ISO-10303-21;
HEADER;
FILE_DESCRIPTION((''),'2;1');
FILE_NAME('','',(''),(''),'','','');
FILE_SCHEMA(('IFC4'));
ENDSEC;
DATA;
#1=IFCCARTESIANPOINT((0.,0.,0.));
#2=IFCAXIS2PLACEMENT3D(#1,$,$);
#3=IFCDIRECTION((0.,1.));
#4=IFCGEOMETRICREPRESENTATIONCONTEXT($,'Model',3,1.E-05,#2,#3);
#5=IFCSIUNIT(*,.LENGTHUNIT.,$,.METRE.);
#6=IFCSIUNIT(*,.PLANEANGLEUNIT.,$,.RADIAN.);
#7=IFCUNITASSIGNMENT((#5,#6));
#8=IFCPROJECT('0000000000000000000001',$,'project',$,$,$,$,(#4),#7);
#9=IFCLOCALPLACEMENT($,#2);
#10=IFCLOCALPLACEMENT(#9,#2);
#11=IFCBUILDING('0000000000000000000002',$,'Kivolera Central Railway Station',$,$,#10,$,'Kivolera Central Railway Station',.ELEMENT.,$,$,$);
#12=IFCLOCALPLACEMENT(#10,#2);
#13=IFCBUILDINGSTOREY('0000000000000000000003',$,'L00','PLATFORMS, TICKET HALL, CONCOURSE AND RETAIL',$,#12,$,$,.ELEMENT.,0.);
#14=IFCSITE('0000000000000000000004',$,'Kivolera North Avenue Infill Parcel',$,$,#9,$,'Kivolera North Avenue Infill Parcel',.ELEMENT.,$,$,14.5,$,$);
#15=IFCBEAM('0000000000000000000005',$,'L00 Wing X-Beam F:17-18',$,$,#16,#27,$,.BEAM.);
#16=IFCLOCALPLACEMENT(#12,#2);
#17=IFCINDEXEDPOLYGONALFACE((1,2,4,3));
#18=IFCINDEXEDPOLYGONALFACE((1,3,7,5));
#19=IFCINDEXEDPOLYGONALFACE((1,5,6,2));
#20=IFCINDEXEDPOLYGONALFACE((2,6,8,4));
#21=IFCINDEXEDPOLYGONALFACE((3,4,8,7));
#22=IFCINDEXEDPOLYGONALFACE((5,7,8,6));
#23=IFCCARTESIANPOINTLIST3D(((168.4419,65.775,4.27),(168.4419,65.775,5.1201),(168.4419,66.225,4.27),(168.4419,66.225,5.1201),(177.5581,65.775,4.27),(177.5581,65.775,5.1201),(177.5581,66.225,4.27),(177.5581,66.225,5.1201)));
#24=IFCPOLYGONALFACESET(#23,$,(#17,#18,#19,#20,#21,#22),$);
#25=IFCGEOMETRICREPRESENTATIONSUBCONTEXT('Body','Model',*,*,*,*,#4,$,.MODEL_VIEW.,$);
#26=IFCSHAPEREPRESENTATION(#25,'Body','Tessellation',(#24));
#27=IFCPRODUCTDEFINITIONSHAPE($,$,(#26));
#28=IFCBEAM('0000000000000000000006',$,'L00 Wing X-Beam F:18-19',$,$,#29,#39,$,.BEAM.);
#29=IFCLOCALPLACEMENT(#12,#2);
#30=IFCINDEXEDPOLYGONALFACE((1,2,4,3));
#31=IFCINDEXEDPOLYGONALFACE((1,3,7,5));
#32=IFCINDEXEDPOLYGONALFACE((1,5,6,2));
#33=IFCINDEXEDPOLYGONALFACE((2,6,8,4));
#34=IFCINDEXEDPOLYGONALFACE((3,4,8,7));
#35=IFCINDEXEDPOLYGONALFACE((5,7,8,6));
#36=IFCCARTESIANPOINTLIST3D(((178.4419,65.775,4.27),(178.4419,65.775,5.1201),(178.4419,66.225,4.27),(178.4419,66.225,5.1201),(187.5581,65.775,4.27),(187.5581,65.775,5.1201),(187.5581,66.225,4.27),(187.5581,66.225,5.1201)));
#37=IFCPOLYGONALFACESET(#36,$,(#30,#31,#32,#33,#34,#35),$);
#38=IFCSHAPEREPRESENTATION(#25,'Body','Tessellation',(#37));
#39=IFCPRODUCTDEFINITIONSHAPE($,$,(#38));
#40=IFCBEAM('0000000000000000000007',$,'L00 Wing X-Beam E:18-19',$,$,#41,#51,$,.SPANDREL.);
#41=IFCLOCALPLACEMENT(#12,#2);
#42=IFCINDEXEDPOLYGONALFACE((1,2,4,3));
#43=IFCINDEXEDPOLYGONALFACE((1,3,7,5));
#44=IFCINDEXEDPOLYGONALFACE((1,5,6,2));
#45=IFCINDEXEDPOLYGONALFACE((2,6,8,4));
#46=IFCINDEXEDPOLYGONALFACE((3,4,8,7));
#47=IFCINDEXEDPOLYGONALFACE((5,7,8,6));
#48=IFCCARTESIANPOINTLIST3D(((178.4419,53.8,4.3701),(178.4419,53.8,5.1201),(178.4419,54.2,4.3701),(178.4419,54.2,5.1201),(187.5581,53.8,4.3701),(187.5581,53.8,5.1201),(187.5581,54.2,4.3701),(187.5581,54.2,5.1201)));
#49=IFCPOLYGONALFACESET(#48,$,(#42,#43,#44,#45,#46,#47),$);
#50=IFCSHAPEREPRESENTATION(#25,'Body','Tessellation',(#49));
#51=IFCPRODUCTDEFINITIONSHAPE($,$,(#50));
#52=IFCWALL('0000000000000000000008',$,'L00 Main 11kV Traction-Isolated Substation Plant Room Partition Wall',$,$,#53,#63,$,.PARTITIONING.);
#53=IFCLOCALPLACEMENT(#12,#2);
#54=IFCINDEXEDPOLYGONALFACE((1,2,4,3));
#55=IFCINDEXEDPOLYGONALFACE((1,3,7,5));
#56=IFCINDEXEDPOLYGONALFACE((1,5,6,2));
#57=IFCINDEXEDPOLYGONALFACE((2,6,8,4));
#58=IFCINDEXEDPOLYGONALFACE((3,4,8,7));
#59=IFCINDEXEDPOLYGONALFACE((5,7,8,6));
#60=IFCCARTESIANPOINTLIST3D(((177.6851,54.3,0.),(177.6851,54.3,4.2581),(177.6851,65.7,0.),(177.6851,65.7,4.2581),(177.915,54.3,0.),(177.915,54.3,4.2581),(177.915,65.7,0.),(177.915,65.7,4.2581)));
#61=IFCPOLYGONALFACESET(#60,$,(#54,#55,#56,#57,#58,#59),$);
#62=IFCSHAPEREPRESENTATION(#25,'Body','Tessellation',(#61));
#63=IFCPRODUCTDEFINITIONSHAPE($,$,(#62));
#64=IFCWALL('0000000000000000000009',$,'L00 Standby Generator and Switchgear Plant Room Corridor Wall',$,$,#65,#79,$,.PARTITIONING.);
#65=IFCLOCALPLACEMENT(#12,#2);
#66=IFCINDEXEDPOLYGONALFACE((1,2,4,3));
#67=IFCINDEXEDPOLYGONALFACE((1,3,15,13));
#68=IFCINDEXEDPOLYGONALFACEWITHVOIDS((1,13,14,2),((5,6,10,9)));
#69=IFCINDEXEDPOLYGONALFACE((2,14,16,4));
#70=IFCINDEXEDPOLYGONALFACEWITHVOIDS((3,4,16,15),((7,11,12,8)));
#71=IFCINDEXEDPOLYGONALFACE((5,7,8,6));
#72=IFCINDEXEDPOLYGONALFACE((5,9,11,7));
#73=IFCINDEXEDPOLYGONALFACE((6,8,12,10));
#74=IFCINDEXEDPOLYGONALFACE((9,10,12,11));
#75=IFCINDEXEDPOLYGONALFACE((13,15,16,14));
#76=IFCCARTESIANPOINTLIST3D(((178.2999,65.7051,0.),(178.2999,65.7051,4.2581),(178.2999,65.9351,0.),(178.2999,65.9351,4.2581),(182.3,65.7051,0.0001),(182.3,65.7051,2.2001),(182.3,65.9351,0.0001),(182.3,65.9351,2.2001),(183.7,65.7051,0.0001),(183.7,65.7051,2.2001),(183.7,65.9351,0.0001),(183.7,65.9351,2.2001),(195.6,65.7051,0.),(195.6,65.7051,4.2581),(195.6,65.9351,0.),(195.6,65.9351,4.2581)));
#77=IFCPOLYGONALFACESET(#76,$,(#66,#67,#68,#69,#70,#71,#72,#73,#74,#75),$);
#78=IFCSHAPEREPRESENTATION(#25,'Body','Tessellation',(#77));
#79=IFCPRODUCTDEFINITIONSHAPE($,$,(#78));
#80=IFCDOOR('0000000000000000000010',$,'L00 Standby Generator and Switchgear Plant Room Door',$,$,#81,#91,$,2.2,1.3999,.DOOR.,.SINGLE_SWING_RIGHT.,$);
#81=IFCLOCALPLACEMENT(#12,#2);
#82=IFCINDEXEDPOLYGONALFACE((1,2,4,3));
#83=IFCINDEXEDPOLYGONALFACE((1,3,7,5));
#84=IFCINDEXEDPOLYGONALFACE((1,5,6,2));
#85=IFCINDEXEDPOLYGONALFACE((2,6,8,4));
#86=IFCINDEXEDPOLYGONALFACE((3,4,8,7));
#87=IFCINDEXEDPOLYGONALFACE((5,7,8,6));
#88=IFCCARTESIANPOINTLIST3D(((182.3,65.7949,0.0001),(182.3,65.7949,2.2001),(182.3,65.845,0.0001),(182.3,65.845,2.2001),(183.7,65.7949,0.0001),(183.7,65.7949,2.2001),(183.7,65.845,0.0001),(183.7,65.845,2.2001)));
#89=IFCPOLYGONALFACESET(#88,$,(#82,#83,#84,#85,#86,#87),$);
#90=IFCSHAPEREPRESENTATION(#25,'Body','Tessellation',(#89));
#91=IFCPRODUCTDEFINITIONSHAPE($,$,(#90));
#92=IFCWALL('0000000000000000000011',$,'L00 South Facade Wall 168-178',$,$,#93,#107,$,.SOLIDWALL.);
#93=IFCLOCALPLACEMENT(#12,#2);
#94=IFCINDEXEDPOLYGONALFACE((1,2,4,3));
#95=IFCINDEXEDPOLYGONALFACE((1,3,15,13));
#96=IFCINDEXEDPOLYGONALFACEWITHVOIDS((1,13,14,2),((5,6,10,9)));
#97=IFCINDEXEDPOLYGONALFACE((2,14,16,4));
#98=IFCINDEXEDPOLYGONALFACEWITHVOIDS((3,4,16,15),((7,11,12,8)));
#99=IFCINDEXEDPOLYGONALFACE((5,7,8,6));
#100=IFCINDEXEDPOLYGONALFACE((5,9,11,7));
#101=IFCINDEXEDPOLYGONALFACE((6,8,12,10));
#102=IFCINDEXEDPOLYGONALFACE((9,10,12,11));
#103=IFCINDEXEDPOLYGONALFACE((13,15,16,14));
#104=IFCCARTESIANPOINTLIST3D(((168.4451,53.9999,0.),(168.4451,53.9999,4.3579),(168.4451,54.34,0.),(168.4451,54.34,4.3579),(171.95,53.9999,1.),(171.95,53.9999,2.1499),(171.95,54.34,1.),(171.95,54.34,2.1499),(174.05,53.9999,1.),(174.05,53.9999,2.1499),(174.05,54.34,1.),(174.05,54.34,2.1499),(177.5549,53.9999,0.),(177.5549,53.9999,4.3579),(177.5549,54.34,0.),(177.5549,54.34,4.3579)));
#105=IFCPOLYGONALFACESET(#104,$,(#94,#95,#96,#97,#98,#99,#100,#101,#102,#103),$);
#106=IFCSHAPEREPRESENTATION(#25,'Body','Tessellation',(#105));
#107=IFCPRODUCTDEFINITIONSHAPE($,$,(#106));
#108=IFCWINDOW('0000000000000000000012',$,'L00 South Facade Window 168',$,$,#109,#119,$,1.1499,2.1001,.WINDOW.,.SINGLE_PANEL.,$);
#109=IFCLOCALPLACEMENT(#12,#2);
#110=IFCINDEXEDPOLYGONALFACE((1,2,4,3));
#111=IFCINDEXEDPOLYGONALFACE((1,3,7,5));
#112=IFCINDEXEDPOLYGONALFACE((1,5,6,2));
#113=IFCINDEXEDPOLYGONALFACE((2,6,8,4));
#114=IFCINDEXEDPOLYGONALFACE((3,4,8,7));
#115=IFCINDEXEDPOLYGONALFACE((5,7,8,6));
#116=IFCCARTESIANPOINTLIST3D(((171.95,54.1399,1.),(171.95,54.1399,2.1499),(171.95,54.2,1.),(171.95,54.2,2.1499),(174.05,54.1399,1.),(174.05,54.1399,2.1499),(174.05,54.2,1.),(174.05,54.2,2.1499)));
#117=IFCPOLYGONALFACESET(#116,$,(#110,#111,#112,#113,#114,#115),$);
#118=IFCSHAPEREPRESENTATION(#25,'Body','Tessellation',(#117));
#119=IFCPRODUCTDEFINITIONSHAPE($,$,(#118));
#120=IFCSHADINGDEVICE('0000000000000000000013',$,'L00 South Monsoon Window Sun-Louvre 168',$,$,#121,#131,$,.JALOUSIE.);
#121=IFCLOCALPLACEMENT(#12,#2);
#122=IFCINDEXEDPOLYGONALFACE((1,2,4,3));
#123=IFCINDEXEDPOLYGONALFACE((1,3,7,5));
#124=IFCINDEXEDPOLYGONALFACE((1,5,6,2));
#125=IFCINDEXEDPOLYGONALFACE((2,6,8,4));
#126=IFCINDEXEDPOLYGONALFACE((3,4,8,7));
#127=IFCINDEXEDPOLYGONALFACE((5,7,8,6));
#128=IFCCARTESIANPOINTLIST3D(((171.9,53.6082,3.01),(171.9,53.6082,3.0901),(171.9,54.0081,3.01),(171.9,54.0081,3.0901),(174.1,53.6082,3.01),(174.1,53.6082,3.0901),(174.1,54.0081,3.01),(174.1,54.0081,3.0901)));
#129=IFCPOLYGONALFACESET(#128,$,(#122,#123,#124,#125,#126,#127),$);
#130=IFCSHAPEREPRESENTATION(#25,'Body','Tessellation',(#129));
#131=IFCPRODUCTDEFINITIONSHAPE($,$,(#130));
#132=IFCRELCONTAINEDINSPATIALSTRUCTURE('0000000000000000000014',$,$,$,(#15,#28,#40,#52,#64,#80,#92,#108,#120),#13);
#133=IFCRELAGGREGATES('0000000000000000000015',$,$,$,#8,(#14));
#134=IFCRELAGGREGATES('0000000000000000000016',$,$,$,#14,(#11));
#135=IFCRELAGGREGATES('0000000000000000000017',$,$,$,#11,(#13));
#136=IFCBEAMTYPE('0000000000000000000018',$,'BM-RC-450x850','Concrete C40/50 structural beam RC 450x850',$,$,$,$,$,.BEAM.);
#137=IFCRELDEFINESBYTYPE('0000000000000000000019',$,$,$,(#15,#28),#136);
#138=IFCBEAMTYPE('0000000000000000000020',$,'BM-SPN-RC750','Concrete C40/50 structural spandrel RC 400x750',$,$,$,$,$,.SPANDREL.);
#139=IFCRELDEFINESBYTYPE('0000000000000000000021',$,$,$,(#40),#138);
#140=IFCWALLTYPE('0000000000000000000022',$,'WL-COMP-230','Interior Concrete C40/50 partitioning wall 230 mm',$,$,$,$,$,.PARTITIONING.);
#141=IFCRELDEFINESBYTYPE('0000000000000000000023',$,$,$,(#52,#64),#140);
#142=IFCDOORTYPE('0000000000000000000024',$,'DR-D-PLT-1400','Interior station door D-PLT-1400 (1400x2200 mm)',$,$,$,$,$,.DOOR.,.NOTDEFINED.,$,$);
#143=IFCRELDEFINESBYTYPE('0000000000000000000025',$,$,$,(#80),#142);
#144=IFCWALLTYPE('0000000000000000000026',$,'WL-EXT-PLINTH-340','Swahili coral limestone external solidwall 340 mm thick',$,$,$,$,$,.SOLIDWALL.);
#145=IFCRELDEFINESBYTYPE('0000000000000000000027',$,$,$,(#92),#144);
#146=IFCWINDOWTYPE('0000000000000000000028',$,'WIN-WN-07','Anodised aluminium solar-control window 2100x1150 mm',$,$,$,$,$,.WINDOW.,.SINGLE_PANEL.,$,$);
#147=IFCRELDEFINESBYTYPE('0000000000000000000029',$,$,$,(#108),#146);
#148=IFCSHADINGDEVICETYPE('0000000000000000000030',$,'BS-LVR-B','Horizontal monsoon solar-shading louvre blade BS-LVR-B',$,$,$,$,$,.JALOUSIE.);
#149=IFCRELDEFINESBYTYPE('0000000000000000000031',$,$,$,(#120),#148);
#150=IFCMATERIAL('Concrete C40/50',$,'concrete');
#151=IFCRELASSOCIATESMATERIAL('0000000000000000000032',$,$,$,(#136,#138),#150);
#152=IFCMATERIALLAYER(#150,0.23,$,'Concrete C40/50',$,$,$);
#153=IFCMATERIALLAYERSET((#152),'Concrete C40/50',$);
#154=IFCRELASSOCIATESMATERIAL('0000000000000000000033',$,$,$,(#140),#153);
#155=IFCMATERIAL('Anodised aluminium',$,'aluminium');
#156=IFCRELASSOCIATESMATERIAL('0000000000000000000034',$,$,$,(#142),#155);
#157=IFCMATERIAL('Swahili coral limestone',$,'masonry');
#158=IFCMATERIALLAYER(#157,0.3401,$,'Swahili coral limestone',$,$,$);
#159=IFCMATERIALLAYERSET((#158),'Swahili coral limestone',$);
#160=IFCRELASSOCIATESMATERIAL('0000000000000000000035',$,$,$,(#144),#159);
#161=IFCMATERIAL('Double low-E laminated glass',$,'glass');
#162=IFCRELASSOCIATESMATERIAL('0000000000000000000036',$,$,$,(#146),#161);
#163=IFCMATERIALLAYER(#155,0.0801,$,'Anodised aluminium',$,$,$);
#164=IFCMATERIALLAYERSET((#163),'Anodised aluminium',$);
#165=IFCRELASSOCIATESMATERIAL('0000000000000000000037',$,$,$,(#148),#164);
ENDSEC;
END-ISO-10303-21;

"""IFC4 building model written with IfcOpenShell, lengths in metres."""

from ifc_helpers import new_model, si_unit, direction, frame, frame_2d, origin, origin_2d, place, context, subcontext, project, spatial, rectangle, extrude, material, layer, layer_set, material_profile, profile_set, type_object, element, fill, save


model = new_model("IFC4")

# Units and contexts
model_context = context("Model", 3, precision=1e-05, world=origin(), true_north=direction((0.0, 1.0)))
body_context = subcontext(model_context, "Body", "Model", "MODEL_VIEW")
ifc_project = project(units=[si_unit("LENGTHUNIT", "METRE"), si_unit("PLANEANGLEUNIT", "RADIAN")], contexts=[model_context])

# Site, building, storey
site_placement = place(None, origin())
site = spatial("IfcSite", under=ifc_project, at=site_placement, Name="Kivolera North Avenue Infill Parcel", LongName="Kivolera North Avenue Infill Parcel", CompositionType="ELEMENT", RefElevation=14.5)
building_placement = place(site_placement, origin())
building = spatial("IfcBuilding", under=site, at=building_placement, Name="Kivolera Central Railway Station", LongName="Kivolera Central Railway Station", CompositionType="ELEMENT")
storey_placement = place(building_placement, origin())
storey = spatial("IfcBuildingStorey", under=building, at=storey_placement, Name="L00", Description="PLATFORMS, TICKET HALL, CONCOURSE AND RETAIL", CompositionType="ELEMENT", Elevation=0.0)

# Shared definitions
ifc_material_1 = material(Name="Concrete C40/50", Category="concrete")

# Beams
ifc_material_profile_1 = material_profile(ifc_material_1, rectangle(XDim=0.45, YDim=0.8501, at=origin_2d()), Name="RC 450x850")
ifc_profile_set_1 = profile_set([ifc_material_profile_1], Name="Concrete C40/50")
beam_type_1 = type_object("IfcBeamType", Name="BM-RC-450x850", Description="Concrete C40/50 structural beam RC 450x850", PredefinedType="BEAM", material=ifc_profile_set_1)
for number, where, z_axis, x_axis, name in (
    (1, (168.4419, 66.0, 4.6951), (1.0, 0.0, 0.0), (0.0, 1.0, 0.0), "L00 Wing X-Beam F:17-18"),
    (2, (178.4419, 66.0, 4.6951), (1.0, 0.0, 0.0), (0.0, 1.0, 0.0), "L00 Wing X-Beam F:18-19"),
):
    element("IfcBeam", number, at=place(storey_placement, frame(where, z_axis=z_axis, x_axis=x_axis)), inside=storey, type_object=beam_type_1, Name=name, PredefinedType="BEAM", context=body_context, shape_type="SweptSolid", body=[
        extrude(rectangle(XDim=0.45, YDim=0.8501, at=origin_2d()), origin(), (0.0, 0.0, 1.0), 9.1162),
    ])
ifc_material_profile_2 = material_profile(ifc_material_1, rectangle(XDim=0.3999, YDim=0.75, at=origin_2d()), Name="RC 400x750")
ifc_profile_set_2 = profile_set([ifc_material_profile_2], Name="Concrete C40/50")
beam_type_2 = type_object("IfcBeamType", Name="BM-SPN-RC750", Description="Concrete C40/50 structural spandrel RC 400x750", PredefinedType="SPANDREL", material=ifc_profile_set_2)
beam_1_placement = place(storey_placement, frame((178.4419, 54.0, 4.7451), z_axis=(1.0, 0.0, 0.0), x_axis=(0.0, 1.0, 0.0)))
element("IfcBeam", 3, at=beam_1_placement, inside=storey, type_object=beam_type_2, Name="L00 Wing X-Beam E:18-19", PredefinedType="SPANDREL", context=body_context, shape_type="SweptSolid", body=[
    extrude(rectangle(XDim=0.3999, YDim=0.75, at=origin_2d()), origin(), (0.0, 0.0, 1.0), 9.1162),
])

# Wall
ifc_layer_1 = layer(ifc_material_1, 0.23, Name="Concrete C40/50")
ifc_layer_set_1 = layer_set([ifc_layer_1], Name="Concrete C40/50")
wall_type_1 = type_object("IfcWallType", Name="WL-COMP-230", Description="Interior Concrete C40/50 partitioning wall 230 mm", PredefinedType="PARTITIONING", material=ifc_layer_set_1)
wall_1_placement = place(storey_placement, frame((177.8, 54.3, 0.0), z_axis=(0.0, 0.0, 1.0), x_axis=(0.0, 1.0, 0.0)))
element("IfcWall", 4, at=wall_1_placement, inside=storey, type_object=wall_type_1, Name="L00 Main 11kV Traction-Isolated Substation Plant Room Partition Wall", PredefinedType="PARTITIONING", context=body_context, shape_type="SweptSolid", body=[
    extrude(rectangle(XDim=11.3999, YDim=0.23, at=frame_2d((5.7, 0.0))), origin(), (0.0, 0.0, 1.0), 4.2581),
])

# Wall, opening, door
wall_2_placement = place(storey_placement, frame((178.3, 65.8201, 0.0), z_axis=(0.0, 0.0, 1.0), x_axis=(1.0, 0.0, 0.0)))
wall_2 = element("IfcWall", 5, at=wall_2_placement, inside=storey, type_object=wall_type_1, Name="L00 Standby Generator and Switchgear Plant Room Corridor Wall", PredefinedType="PARTITIONING", context=body_context, shape_type="SweptSolid", body=[
    extrude(rectangle(XDim=17.3, YDim=0.23, at=frame_2d((8.6499, 0.0))), origin(), (0.0, 0.0, 1.0), 4.2581),
])
opening_1_placement = place(wall_2_placement, frame((4.0, 0.0, 0.0)))
opening_1 = element("IfcOpeningElement", 6, at=opening_1_placement, cuts=wall_2, PredefinedType="OPENING", context=body_context, shape_type="SweptSolid", body=[
    extrude(rectangle(XDim=1.3999, YDim=2.2, at=frame_2d((0.7, 1.1001))), frame((0.0, 0.125, 0.0), z_axis=(0.0, -1.0, 0.0), x_axis=(1.0, 0.0, 0.0)), (0.0, 0.0, 1.0), 0.25),
])
ifc_material_2 = material(Name="Anodised aluminium", Category="aluminium")
door_type = type_object("IfcDoorType", Name="DR-D-PLT-1400", Description="Interior station door D-PLT-1400 (1400x2200 mm)", OperationType="NOTDEFINED", PredefinedType="DOOR", material=ifc_material_2)
door_placement = place(opening_1_placement, origin())
door = element("IfcDoor", 7, at=door_placement, inside=storey, type_object=door_type, Name="L00 Standby Generator and Switchgear Plant Room Door", OperationType="SINGLE_SWING_RIGHT", OverallHeight=2.2, OverallWidth=1.3999, PredefinedType="DOOR", context=body_context, shape_type="SweptSolid", body=[
    extrude(rectangle(XDim=1.3999, YDim=2.2, at=frame_2d((0.7, 1.1001))), frame((0.0, 0.0249, 0.0), z_axis=(0.0, -1.0, 0.0), x_axis=(1.0, 0.0, 0.0)), (0.0, 0.0, 1.0), 0.05),
])
fill(opening_1, door)

# Wall, opening, window
ifc_material_3 = material(Name="Swahili coral limestone", Category="masonry")
ifc_layer_2 = layer(ifc_material_3, 0.3401, Name="Swahili coral limestone")
ifc_layer_set_2 = layer_set([ifc_layer_2], Name="Swahili coral limestone")
wall_type_2 = type_object("IfcWallType", Name="WL-EXT-PLINTH-340", Description="Swahili coral limestone external solidwall 340 mm thick", PredefinedType="SOLIDWALL", material=ifc_layer_set_2)
wall_3_placement = place(storey_placement, frame((177.5549, 54.1699, 0.0), z_axis=(0.0, 0.0, 1.0), x_axis=(-1.0, 0.0, 0.0)))
wall_3 = element("IfcWall", 8, at=wall_3_placement, inside=storey, type_object=wall_type_2, Name="L00 South Facade Wall 168-178", PredefinedType="SOLIDWALL", context=body_context, shape_type="SweptSolid", body=[
    extrude(rectangle(XDim=9.1099, YDim=0.3401, at=frame_2d((4.5549, 0.0))), origin(), (0.0, 0.0, 1.0), 4.3579),
])
opening_2_placement = place(wall_3_placement, frame((3.5049, 0.0, 1.0)))
opening_2 = element("IfcOpeningElement", 9, at=opening_2_placement, cuts=wall_3, PredefinedType="OPENING", context=body_context, shape_type="SweptSolid", body=[
    extrude(rectangle(XDim=2.1001, YDim=1.1499, at=frame_2d((1.05, 0.575))), frame((0.0, 0.1799, 0.0), z_axis=(0.0, -1.0, 0.0), x_axis=(1.0, 0.0, 0.0)), (0.0, 0.0, 1.0), 0.3601),
])
ifc_material_4 = material(Name="Double low-E laminated glass", Category="glass")
window_type = type_object("IfcWindowType", Name="WIN-WN-07", Description="Anodised aluminium solar-control window 2100x1150 mm", PartitioningType="SINGLE_PANEL", PredefinedType="WINDOW", material=ifc_material_4)
window_placement = place(opening_2_placement, origin())
window = element("IfcWindow", 10, at=window_placement, inside=storey, type_object=window_type, Name="L00 South Facade Window 168", OverallHeight=1.1499, OverallWidth=2.1001, PartitioningType="SINGLE_PANEL", PredefinedType="WINDOW", context=body_context, shape_type="SweptSolid", body=[
    extrude(rectangle(XDim=2.1001, YDim=1.1499, at=frame_2d((1.05, 0.575))), frame((0.0, 0.03, 0.0), z_axis=(0.0, -1.0, 0.0), x_axis=(1.0, 0.0, 0.0)), (0.0, 0.0, 1.0), 0.0601),
])
fill(opening_2, window)

# Shading device
ifc_layer_3 = layer(ifc_material_2, 0.0801, Name="Anodised aluminium")
ifc_layer_set_3 = layer_set([ifc_layer_3], Name="Anodised aluminium")
shading_device_type = type_object("IfcShadingDeviceType", Name="BS-LVR-B", Description="Horizontal monsoon solar-shading louvre blade BS-LVR-B", PredefinedType="JALOUSIE", material=ifc_layer_set_3)
shading_device_placement = place(storey_placement, frame((173.0, 53.8081, 3.01), z_axis=(0.0, 0.0, 1.0), x_axis=(1.0, 0.0, 0.0)))
element("IfcShadingDevice", 11, at=shading_device_placement, inside=storey, type_object=shading_device_type, Name="L00 South Monsoon Window Sun-Louvre 168", PredefinedType="JALOUSIE", context=body_context, shape_type="SweptSolid", body=[
    extrude(rectangle(XDim=2.2, YDim=0.3999, at=origin_2d()), origin(), (0.0, 0.0, 1.0), 0.0801),
])

save(model, "model.ifc")
